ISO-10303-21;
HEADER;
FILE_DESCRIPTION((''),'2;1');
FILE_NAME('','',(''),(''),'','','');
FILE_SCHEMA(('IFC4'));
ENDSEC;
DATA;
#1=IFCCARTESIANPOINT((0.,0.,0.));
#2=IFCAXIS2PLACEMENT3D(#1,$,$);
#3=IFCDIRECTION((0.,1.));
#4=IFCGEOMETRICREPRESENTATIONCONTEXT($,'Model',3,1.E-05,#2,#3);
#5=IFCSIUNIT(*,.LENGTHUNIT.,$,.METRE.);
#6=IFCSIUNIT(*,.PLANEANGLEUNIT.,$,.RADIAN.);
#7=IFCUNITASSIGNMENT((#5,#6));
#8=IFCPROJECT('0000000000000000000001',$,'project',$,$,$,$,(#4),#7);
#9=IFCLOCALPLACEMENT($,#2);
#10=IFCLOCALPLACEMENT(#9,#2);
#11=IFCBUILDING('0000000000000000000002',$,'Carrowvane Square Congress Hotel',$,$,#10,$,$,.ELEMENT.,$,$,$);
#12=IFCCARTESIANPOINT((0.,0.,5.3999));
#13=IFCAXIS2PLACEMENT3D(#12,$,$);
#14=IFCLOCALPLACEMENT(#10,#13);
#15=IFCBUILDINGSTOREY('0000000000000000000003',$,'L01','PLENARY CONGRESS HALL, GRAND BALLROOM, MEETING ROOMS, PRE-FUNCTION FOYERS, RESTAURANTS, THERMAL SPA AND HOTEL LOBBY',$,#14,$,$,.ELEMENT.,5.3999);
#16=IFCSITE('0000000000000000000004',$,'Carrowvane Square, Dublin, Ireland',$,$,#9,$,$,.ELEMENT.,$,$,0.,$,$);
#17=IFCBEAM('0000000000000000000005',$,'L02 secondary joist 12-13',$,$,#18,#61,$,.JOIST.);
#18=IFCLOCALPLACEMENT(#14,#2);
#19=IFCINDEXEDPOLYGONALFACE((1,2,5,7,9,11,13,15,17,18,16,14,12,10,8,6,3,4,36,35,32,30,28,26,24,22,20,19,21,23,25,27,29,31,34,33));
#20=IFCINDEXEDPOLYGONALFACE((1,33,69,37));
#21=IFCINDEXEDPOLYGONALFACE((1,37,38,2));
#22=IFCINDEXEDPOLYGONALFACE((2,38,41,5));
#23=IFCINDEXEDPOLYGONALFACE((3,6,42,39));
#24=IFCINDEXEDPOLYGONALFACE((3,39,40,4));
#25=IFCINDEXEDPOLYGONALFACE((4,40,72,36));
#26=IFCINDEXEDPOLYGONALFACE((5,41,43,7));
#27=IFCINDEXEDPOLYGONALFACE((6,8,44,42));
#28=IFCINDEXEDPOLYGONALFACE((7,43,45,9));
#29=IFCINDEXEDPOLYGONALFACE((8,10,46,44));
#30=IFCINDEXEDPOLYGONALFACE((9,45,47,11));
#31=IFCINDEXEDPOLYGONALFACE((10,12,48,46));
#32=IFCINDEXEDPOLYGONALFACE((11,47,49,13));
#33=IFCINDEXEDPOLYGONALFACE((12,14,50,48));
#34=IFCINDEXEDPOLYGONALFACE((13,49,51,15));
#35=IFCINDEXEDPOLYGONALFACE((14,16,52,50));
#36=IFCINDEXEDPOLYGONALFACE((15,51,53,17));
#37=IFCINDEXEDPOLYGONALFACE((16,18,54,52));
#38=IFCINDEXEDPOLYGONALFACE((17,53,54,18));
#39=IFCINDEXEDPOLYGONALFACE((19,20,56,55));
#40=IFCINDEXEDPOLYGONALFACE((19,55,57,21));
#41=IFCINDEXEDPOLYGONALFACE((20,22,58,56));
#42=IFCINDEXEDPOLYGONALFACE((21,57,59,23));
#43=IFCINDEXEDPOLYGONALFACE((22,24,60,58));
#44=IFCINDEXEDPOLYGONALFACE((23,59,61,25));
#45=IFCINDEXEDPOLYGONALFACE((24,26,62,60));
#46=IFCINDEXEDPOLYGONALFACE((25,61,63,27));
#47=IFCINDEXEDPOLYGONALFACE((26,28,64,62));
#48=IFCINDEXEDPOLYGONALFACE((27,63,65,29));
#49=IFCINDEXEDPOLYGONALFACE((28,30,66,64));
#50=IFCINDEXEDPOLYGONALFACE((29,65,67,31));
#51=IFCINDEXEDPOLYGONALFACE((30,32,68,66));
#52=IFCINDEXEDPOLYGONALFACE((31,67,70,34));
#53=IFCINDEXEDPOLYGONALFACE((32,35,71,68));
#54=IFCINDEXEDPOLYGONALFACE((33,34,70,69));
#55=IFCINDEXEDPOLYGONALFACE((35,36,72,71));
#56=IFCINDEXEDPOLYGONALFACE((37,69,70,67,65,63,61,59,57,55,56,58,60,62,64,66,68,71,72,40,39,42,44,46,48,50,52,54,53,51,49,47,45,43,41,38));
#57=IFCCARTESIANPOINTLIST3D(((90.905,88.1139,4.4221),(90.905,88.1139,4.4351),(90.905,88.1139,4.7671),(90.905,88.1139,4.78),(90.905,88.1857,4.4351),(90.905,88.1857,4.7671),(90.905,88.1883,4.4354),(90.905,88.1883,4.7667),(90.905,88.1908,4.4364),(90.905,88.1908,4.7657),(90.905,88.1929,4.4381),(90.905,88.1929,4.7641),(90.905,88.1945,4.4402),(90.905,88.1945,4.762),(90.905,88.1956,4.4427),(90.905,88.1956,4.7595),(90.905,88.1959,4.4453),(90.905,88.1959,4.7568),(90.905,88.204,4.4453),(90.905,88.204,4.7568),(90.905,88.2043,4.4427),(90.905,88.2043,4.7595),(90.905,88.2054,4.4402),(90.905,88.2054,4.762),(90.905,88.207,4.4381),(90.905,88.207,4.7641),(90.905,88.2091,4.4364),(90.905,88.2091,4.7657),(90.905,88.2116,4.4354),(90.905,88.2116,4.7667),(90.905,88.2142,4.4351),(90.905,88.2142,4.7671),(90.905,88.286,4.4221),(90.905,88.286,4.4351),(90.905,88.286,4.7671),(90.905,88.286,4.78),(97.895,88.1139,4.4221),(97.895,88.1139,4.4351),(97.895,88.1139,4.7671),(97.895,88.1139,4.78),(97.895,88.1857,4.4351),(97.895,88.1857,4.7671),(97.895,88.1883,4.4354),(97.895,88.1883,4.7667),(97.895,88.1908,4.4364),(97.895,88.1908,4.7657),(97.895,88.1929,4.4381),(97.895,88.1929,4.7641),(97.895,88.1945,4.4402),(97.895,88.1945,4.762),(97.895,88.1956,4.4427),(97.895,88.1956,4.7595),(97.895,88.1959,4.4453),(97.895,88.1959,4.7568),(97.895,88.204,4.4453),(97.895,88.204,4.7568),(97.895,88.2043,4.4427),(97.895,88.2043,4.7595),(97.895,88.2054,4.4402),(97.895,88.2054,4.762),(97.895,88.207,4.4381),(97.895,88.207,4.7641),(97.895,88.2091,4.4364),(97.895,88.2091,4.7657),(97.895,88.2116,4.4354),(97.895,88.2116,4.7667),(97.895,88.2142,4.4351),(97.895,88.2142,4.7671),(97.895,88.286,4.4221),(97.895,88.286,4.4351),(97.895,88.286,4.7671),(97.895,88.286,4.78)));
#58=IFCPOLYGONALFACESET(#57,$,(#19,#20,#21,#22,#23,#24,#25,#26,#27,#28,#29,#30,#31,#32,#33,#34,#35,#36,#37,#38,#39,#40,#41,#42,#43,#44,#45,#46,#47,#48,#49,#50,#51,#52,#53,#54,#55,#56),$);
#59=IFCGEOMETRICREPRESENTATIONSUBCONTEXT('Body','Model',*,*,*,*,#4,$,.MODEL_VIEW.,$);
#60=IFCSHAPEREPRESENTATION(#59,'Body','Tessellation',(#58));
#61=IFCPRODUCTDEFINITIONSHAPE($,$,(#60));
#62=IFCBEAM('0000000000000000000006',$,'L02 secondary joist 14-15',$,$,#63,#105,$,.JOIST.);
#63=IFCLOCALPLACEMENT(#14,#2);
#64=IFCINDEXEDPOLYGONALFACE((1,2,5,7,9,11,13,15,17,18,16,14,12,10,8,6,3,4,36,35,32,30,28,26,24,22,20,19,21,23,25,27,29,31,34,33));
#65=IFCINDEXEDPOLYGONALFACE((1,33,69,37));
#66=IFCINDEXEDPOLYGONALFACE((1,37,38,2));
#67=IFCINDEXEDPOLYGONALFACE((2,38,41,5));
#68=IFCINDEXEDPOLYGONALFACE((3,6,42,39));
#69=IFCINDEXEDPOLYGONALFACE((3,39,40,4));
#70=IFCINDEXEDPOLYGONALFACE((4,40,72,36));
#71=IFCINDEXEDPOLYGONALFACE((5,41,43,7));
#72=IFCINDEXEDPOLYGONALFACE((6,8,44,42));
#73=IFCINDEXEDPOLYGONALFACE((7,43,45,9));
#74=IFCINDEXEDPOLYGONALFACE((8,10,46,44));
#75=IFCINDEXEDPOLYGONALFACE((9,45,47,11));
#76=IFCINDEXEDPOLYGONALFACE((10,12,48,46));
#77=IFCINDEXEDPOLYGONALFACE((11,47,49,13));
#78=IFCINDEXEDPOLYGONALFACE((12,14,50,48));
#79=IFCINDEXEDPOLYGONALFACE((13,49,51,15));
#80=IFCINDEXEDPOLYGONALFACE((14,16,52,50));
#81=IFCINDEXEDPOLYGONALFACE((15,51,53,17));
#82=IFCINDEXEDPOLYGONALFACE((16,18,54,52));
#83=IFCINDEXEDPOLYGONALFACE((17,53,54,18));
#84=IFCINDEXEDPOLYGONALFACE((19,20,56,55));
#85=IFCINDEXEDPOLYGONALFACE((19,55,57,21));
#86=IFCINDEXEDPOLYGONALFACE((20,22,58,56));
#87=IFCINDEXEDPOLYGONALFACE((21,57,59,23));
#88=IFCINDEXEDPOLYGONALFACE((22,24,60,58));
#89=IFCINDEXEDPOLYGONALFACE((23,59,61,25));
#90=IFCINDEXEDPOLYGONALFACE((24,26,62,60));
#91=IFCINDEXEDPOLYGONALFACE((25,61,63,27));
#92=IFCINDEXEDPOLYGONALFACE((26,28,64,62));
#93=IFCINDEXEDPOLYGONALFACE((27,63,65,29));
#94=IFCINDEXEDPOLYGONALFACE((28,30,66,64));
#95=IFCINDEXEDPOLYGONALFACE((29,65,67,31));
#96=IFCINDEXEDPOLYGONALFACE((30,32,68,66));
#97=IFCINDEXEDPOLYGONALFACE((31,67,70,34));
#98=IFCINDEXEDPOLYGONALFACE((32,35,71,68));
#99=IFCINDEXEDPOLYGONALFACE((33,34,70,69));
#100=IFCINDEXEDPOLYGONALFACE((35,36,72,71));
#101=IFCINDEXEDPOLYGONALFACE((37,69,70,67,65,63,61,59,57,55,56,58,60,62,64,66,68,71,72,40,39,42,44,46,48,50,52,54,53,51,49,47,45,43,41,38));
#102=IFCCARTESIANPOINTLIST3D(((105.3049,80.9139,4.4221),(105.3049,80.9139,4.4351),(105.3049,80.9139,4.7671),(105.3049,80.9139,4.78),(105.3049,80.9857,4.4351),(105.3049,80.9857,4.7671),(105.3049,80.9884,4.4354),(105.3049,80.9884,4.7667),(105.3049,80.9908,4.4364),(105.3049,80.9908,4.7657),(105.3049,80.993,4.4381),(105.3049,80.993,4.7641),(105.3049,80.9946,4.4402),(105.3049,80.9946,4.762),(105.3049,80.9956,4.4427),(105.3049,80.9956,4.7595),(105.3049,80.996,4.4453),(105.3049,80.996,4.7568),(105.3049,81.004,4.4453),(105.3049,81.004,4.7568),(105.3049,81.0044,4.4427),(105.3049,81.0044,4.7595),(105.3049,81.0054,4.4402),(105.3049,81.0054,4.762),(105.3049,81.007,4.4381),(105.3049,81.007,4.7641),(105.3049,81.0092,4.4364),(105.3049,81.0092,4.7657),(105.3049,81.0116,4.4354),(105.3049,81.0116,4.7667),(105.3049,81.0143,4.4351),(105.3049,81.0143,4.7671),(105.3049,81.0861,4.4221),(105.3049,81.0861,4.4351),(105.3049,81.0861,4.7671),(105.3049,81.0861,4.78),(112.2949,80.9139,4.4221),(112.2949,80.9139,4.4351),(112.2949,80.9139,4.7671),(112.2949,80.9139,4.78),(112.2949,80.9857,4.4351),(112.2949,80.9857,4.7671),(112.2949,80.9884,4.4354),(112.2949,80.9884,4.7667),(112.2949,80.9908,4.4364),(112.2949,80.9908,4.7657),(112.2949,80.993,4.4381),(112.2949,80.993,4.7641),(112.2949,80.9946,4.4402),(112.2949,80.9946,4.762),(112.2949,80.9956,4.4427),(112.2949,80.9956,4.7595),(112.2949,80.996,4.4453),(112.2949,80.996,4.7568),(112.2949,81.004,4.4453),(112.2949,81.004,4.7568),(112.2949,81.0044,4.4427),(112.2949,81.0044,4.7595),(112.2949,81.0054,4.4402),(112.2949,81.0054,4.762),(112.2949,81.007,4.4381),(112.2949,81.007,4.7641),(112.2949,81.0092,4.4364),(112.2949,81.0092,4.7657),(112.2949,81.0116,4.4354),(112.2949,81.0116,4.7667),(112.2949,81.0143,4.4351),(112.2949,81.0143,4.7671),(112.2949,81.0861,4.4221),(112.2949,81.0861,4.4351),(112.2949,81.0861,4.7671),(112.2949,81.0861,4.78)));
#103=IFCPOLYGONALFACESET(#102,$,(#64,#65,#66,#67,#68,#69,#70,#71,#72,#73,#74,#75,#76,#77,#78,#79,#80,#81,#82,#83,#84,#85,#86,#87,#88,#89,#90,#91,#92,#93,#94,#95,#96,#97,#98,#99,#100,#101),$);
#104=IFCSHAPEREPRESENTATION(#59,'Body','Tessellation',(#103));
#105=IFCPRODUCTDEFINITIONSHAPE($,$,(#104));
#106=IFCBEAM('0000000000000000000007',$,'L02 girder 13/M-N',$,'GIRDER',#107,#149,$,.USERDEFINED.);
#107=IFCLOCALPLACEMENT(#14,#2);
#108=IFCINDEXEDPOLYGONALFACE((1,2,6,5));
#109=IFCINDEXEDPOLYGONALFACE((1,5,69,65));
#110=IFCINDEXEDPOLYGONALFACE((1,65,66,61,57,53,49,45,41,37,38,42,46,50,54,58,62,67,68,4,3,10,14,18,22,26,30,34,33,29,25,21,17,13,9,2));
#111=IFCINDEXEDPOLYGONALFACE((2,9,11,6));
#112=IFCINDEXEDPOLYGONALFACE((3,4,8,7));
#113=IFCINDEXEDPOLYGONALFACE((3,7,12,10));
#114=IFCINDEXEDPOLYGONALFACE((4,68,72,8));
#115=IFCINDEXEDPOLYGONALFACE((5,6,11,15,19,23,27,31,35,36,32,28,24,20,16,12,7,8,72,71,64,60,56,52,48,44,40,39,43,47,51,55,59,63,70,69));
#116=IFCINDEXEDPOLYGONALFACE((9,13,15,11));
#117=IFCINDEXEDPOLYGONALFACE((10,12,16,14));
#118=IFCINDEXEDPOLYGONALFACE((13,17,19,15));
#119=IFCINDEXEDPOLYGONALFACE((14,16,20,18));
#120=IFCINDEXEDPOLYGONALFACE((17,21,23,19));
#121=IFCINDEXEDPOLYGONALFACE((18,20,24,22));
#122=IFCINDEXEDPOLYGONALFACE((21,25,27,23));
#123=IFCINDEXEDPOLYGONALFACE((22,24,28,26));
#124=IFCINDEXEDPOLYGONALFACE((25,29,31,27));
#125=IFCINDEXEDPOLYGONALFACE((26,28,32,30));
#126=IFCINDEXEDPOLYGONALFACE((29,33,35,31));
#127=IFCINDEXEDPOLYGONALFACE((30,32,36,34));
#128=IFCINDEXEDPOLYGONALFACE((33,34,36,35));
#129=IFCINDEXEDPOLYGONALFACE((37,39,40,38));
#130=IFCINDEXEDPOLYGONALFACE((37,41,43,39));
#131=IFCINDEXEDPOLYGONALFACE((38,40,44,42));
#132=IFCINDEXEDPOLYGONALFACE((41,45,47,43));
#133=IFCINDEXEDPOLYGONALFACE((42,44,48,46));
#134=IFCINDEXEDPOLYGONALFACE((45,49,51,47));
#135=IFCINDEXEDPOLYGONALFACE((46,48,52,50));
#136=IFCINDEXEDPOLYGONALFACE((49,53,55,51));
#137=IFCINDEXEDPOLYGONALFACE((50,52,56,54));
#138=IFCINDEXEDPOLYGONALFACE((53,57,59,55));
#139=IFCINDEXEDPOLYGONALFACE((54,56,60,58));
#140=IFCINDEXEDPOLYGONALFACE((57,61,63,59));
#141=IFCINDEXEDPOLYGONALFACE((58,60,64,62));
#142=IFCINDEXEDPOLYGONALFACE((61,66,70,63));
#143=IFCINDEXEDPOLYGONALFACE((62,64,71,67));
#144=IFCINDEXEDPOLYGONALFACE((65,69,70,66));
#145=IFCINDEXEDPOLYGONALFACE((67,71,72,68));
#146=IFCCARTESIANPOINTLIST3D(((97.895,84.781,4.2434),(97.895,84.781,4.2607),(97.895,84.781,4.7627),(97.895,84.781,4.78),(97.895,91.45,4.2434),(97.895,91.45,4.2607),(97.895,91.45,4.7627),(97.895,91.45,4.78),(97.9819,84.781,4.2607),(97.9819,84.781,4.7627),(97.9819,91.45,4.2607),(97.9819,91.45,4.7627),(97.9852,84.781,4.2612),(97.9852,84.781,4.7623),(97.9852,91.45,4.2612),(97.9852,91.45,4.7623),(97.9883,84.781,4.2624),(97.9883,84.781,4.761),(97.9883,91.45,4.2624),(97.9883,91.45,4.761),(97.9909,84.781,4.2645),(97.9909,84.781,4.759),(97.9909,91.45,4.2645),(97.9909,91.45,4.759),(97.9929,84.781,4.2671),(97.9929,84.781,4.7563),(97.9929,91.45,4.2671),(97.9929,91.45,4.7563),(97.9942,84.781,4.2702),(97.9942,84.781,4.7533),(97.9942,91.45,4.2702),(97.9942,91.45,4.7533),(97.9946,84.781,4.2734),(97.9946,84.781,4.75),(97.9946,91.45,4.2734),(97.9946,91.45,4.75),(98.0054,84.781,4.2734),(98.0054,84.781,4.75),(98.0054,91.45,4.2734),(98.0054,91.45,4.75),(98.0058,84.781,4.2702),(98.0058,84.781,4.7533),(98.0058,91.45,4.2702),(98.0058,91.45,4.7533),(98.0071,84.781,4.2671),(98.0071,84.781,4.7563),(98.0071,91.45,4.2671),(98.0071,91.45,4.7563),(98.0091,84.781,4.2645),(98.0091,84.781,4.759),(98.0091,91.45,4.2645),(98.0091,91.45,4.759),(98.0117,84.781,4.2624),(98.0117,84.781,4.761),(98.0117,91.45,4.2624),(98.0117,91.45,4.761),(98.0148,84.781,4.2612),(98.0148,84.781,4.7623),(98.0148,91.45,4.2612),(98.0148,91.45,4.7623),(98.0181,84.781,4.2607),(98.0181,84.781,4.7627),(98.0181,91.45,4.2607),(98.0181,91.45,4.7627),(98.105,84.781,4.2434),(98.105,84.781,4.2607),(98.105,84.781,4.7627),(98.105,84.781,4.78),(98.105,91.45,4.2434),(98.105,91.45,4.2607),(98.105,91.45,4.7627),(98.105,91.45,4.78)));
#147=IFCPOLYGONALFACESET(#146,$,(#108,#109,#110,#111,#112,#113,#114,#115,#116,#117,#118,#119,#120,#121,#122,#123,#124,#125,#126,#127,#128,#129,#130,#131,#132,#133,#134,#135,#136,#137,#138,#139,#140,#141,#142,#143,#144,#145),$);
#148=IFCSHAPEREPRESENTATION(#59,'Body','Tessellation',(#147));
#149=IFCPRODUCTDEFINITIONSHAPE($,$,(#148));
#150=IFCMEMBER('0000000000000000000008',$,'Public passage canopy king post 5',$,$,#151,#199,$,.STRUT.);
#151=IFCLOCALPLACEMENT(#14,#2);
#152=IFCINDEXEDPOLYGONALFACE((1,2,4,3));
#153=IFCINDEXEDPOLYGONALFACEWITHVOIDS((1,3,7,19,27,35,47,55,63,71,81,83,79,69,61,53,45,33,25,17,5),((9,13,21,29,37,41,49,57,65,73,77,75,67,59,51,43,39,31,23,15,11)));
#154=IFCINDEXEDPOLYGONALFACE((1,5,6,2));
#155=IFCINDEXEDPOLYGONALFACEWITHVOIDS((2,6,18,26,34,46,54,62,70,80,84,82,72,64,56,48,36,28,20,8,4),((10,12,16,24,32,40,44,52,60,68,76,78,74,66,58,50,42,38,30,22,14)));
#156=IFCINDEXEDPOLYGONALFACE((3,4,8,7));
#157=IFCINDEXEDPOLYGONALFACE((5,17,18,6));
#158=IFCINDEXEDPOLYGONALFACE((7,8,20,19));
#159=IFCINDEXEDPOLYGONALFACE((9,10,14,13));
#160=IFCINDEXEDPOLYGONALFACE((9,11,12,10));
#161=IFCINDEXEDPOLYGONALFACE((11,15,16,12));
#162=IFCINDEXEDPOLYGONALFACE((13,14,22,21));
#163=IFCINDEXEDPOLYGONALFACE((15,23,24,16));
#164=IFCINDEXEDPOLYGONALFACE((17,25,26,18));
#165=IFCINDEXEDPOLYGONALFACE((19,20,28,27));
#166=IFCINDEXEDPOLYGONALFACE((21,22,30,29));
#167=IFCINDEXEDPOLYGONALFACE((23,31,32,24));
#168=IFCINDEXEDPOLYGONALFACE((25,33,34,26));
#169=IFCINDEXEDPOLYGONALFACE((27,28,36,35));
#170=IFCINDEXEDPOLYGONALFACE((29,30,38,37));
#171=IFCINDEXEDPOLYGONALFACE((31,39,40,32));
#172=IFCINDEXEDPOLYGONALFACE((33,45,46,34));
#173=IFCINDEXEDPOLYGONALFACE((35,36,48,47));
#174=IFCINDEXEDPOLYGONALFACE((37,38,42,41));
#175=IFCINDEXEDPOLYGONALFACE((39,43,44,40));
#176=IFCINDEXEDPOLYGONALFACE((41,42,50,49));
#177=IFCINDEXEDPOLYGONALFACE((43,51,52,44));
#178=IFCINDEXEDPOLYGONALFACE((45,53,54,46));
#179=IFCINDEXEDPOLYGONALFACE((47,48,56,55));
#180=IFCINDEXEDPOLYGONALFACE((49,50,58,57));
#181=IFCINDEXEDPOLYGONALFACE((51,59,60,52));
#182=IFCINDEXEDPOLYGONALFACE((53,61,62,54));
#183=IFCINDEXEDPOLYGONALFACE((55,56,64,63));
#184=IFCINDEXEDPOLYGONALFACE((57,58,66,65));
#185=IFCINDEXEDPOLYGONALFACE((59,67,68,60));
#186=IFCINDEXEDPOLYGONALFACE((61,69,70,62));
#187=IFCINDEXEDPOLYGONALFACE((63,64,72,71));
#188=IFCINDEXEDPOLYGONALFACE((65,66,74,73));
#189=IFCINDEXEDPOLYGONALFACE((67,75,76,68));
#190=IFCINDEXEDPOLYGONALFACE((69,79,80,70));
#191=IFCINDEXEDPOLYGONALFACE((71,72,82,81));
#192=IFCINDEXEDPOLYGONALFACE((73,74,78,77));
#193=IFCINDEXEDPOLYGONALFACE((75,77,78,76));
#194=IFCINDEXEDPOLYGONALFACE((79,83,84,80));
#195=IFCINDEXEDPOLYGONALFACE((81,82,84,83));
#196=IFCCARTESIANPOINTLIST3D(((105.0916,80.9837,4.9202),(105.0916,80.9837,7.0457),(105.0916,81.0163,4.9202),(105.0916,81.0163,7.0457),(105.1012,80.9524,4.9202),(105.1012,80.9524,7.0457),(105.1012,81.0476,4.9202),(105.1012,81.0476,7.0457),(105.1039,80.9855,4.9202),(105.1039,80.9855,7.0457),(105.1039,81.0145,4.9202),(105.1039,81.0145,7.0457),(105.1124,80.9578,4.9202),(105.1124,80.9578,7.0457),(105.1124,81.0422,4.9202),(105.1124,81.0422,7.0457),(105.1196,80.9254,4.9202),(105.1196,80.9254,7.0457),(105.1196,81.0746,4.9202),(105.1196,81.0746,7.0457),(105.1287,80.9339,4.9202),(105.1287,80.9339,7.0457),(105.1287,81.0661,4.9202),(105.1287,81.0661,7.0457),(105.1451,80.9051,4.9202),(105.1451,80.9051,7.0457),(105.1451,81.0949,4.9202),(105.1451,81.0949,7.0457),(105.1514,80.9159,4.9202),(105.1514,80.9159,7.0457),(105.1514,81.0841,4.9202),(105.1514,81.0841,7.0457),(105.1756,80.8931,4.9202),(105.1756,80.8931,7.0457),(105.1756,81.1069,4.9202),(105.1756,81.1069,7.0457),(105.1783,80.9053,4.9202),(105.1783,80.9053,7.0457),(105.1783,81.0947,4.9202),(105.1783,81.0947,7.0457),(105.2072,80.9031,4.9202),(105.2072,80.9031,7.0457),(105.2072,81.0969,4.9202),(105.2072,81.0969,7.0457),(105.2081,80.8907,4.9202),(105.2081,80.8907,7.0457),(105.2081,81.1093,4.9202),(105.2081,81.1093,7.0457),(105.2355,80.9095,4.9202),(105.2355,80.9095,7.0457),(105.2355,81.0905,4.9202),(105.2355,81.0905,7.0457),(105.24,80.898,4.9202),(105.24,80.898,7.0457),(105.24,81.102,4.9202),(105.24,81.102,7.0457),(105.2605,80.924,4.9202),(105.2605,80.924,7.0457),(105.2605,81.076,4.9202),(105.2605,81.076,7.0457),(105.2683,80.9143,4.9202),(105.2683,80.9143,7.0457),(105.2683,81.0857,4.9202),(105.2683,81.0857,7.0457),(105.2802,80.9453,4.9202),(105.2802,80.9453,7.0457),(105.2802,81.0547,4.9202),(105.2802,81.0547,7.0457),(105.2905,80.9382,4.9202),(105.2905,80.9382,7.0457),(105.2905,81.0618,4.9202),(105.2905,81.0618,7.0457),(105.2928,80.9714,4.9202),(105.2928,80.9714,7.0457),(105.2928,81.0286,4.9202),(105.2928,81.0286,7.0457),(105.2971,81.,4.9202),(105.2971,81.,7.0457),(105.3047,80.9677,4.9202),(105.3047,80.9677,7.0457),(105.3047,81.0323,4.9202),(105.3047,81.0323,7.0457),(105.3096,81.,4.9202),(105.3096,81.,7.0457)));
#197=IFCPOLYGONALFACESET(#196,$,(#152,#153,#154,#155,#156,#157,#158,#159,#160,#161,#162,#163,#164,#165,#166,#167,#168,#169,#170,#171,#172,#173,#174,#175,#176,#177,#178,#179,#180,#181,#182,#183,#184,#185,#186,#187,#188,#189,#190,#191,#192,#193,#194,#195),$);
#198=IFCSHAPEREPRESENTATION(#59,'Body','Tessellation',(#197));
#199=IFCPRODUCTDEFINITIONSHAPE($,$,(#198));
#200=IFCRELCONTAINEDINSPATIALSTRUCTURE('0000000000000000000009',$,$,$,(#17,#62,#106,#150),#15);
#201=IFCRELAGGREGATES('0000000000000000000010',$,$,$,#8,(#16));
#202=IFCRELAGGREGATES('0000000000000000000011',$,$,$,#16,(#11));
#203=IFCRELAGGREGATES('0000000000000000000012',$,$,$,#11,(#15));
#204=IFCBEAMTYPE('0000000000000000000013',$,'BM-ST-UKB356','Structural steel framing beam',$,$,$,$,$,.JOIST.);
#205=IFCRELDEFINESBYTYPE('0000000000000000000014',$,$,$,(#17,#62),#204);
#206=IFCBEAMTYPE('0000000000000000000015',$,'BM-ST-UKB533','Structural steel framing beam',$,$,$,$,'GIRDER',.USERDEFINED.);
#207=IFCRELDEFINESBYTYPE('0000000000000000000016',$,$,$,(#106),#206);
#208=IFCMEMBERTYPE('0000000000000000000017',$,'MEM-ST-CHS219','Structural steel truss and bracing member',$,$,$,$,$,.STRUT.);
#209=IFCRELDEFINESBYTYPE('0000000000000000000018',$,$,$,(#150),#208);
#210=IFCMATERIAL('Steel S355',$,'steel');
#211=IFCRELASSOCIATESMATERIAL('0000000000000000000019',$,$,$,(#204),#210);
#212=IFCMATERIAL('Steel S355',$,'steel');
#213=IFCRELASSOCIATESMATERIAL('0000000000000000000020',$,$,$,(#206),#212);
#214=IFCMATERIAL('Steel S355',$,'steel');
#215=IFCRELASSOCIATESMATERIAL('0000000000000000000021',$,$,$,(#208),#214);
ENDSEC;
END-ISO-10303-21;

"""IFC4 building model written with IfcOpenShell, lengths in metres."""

from ifc_helpers import new_model, si_unit, direction, frame, origin, origin_2d, place, context, subcontext, project, spatial, hollow_circle, i_section, extrude, material, material_profile, profile_set, type_object, element, save


model = new_model("IFC4")

# Units and contexts
model_context = context("Model", 3, precision=1e-05, world=origin(), true_north=direction((0.0, 1.0)))
body_context = subcontext(model_context, "Body", "Model", "MODEL_VIEW")
ifc_project = project(units=[si_unit("LENGTHUNIT", "METRE"), si_unit("PLANEANGLEUNIT", "RADIAN")], contexts=[model_context])

# Site, building, storey
site_placement = place(None, origin())
site = spatial("IfcSite", under=ifc_project, at=site_placement, Name="Carrowvane Square, Dublin, Ireland", CompositionType="ELEMENT", RefElevation=0.0)
building_placement = place(site_placement, origin())
building = spatial("IfcBuilding", under=site, at=building_placement, Name="Carrowvane Square Congress Hotel", CompositionType="ELEMENT")
storey_placement = place(building_placement, frame((0.0, 0.0, 5.3999)))
storey = spatial("IfcBuildingStorey", under=building, at=storey_placement, Name="L01", Description="PLENARY CONGRESS HALL, GRAND BALLROOM, MEETING ROOMS, PRE-FUNCTION FOYERS, RESTAURANTS, THERMAL SPA AND HOTEL LOBBY", CompositionType="ELEMENT", Elevation=5.3999)

# Beams
ifc_material_1 = material(Name="Steel S355", Category="steel")
ifc_material_profile_1 = material_profile(ifc_material_1, i_section(OverallWidth=0.1721, OverallDepth=0.3579, WebThickness=0.0081, FlangeThickness=0.0129, FilletRadius=0.0103, at=origin_2d()), Name="UKB 356x171x57")
ifc_profile_set_1 = profile_set([ifc_material_profile_1], Name="Steel S355")
beam_type_1 = type_object("IfcBeamType", Name="BM-ST-UKB356", Description="Structural steel framing beam", PredefinedType="JOIST", material=ifc_profile_set_1)
for number, where, z_axis, x_axis, name in (
    (1, (90.905, 88.2, 4.6011), (1.0, 0.0, 0.0), (0.0, 1.0, 0.0), "L02 secondary joist 12-13"),
    (2, (105.3049, 81.0, 4.6011), (1.0, 0.0, 0.0), (0.0, 1.0, 0.0), "L02 secondary joist 14-15"),
):
    element("IfcBeam", number, at=place(storey_placement, frame(where, z_axis=z_axis, x_axis=x_axis)), inside=storey, type_object=beam_type_1, Name=name, PredefinedType="JOIST", context=body_context, shape_type="SweptSolid", body=[
        extrude(i_section(OverallWidth=0.1721, OverallDepth=0.3579, WebThickness=0.0081, FlangeThickness=0.0129, FilletRadius=0.0103, at=origin_2d()), origin(), (0.0, 0.0, 1.0), 6.99),
    ])
ifc_material_2 = material(Name="Steel S355", Category="steel")
ifc_material_profile_2 = material_profile(ifc_material_2, i_section(OverallWidth=0.21, OverallDepth=0.5366, WebThickness=0.0107, FlangeThickness=0.0173, FilletRadius=0.0127, at=origin_2d()), Name="UKB 533x210x101")
ifc_profile_set_2 = profile_set([ifc_material_profile_2], Name="Steel S355")
beam_type_2 = type_object("IfcBeamType", Name="BM-ST-UKB533", Description="Structural steel framing beam", ElementType="GIRDER", PredefinedType="USERDEFINED", material=ifc_profile_set_2)
beam_1_placement = place(storey_placement, frame((98.0, 84.781, 4.5117), z_axis=(0.0, 1.0, 0.0), x_axis=(-1.0, 0.0, 0.0)))
element("IfcBeam", 3, at=beam_1_placement, inside=storey, type_object=beam_type_2, Name="L02 girder 13/M-N", ObjectType="GIRDER", PredefinedType="USERDEFINED", context=body_context, shape_type="SweptSolid", body=[
    extrude(i_section(OverallWidth=0.21, OverallDepth=0.5366, WebThickness=0.0107, FlangeThickness=0.0173, FilletRadius=0.0127, at=origin_2d()), origin(), (0.0, 0.0, 1.0), 6.6689),
])

# Member
ifc_material_3 = material(Name="Steel S355", Category="steel")
ifc_material_profile_3 = material_profile(ifc_material_3, hollow_circle(Radius=0.1096, WallThickness=0.0125, at=origin_2d()), Name="CHS 219.1x12.5")
ifc_profile_set_3 = profile_set([ifc_material_profile_3], Name="Steel S355")
member_type = type_object("IfcMemberType", Name="MEM-ST-CHS219", Description="Structural steel truss and bracing member", PredefinedType="STRUT", material=ifc_profile_set_3)
member_1_placement = place(storey_placement, frame((105.2, 81.0, 4.9202), z_axis=(0.0, 0.0, 1.0), x_axis=(1.0, 0.0, 0.0)))
element("IfcMember", 4, at=member_1_placement, inside=storey, type_object=member_type, Name="Public passage canopy king post 5", PredefinedType="STRUT", context=body_context, shape_type="SweptSolid", body=[
    extrude(hollow_circle(Radius=0.1096, WallThickness=0.0125, at=origin_2d()), origin(), (0.0, 0.0, 1.0), 2.1255),
])

save(model, "model.ifc")
